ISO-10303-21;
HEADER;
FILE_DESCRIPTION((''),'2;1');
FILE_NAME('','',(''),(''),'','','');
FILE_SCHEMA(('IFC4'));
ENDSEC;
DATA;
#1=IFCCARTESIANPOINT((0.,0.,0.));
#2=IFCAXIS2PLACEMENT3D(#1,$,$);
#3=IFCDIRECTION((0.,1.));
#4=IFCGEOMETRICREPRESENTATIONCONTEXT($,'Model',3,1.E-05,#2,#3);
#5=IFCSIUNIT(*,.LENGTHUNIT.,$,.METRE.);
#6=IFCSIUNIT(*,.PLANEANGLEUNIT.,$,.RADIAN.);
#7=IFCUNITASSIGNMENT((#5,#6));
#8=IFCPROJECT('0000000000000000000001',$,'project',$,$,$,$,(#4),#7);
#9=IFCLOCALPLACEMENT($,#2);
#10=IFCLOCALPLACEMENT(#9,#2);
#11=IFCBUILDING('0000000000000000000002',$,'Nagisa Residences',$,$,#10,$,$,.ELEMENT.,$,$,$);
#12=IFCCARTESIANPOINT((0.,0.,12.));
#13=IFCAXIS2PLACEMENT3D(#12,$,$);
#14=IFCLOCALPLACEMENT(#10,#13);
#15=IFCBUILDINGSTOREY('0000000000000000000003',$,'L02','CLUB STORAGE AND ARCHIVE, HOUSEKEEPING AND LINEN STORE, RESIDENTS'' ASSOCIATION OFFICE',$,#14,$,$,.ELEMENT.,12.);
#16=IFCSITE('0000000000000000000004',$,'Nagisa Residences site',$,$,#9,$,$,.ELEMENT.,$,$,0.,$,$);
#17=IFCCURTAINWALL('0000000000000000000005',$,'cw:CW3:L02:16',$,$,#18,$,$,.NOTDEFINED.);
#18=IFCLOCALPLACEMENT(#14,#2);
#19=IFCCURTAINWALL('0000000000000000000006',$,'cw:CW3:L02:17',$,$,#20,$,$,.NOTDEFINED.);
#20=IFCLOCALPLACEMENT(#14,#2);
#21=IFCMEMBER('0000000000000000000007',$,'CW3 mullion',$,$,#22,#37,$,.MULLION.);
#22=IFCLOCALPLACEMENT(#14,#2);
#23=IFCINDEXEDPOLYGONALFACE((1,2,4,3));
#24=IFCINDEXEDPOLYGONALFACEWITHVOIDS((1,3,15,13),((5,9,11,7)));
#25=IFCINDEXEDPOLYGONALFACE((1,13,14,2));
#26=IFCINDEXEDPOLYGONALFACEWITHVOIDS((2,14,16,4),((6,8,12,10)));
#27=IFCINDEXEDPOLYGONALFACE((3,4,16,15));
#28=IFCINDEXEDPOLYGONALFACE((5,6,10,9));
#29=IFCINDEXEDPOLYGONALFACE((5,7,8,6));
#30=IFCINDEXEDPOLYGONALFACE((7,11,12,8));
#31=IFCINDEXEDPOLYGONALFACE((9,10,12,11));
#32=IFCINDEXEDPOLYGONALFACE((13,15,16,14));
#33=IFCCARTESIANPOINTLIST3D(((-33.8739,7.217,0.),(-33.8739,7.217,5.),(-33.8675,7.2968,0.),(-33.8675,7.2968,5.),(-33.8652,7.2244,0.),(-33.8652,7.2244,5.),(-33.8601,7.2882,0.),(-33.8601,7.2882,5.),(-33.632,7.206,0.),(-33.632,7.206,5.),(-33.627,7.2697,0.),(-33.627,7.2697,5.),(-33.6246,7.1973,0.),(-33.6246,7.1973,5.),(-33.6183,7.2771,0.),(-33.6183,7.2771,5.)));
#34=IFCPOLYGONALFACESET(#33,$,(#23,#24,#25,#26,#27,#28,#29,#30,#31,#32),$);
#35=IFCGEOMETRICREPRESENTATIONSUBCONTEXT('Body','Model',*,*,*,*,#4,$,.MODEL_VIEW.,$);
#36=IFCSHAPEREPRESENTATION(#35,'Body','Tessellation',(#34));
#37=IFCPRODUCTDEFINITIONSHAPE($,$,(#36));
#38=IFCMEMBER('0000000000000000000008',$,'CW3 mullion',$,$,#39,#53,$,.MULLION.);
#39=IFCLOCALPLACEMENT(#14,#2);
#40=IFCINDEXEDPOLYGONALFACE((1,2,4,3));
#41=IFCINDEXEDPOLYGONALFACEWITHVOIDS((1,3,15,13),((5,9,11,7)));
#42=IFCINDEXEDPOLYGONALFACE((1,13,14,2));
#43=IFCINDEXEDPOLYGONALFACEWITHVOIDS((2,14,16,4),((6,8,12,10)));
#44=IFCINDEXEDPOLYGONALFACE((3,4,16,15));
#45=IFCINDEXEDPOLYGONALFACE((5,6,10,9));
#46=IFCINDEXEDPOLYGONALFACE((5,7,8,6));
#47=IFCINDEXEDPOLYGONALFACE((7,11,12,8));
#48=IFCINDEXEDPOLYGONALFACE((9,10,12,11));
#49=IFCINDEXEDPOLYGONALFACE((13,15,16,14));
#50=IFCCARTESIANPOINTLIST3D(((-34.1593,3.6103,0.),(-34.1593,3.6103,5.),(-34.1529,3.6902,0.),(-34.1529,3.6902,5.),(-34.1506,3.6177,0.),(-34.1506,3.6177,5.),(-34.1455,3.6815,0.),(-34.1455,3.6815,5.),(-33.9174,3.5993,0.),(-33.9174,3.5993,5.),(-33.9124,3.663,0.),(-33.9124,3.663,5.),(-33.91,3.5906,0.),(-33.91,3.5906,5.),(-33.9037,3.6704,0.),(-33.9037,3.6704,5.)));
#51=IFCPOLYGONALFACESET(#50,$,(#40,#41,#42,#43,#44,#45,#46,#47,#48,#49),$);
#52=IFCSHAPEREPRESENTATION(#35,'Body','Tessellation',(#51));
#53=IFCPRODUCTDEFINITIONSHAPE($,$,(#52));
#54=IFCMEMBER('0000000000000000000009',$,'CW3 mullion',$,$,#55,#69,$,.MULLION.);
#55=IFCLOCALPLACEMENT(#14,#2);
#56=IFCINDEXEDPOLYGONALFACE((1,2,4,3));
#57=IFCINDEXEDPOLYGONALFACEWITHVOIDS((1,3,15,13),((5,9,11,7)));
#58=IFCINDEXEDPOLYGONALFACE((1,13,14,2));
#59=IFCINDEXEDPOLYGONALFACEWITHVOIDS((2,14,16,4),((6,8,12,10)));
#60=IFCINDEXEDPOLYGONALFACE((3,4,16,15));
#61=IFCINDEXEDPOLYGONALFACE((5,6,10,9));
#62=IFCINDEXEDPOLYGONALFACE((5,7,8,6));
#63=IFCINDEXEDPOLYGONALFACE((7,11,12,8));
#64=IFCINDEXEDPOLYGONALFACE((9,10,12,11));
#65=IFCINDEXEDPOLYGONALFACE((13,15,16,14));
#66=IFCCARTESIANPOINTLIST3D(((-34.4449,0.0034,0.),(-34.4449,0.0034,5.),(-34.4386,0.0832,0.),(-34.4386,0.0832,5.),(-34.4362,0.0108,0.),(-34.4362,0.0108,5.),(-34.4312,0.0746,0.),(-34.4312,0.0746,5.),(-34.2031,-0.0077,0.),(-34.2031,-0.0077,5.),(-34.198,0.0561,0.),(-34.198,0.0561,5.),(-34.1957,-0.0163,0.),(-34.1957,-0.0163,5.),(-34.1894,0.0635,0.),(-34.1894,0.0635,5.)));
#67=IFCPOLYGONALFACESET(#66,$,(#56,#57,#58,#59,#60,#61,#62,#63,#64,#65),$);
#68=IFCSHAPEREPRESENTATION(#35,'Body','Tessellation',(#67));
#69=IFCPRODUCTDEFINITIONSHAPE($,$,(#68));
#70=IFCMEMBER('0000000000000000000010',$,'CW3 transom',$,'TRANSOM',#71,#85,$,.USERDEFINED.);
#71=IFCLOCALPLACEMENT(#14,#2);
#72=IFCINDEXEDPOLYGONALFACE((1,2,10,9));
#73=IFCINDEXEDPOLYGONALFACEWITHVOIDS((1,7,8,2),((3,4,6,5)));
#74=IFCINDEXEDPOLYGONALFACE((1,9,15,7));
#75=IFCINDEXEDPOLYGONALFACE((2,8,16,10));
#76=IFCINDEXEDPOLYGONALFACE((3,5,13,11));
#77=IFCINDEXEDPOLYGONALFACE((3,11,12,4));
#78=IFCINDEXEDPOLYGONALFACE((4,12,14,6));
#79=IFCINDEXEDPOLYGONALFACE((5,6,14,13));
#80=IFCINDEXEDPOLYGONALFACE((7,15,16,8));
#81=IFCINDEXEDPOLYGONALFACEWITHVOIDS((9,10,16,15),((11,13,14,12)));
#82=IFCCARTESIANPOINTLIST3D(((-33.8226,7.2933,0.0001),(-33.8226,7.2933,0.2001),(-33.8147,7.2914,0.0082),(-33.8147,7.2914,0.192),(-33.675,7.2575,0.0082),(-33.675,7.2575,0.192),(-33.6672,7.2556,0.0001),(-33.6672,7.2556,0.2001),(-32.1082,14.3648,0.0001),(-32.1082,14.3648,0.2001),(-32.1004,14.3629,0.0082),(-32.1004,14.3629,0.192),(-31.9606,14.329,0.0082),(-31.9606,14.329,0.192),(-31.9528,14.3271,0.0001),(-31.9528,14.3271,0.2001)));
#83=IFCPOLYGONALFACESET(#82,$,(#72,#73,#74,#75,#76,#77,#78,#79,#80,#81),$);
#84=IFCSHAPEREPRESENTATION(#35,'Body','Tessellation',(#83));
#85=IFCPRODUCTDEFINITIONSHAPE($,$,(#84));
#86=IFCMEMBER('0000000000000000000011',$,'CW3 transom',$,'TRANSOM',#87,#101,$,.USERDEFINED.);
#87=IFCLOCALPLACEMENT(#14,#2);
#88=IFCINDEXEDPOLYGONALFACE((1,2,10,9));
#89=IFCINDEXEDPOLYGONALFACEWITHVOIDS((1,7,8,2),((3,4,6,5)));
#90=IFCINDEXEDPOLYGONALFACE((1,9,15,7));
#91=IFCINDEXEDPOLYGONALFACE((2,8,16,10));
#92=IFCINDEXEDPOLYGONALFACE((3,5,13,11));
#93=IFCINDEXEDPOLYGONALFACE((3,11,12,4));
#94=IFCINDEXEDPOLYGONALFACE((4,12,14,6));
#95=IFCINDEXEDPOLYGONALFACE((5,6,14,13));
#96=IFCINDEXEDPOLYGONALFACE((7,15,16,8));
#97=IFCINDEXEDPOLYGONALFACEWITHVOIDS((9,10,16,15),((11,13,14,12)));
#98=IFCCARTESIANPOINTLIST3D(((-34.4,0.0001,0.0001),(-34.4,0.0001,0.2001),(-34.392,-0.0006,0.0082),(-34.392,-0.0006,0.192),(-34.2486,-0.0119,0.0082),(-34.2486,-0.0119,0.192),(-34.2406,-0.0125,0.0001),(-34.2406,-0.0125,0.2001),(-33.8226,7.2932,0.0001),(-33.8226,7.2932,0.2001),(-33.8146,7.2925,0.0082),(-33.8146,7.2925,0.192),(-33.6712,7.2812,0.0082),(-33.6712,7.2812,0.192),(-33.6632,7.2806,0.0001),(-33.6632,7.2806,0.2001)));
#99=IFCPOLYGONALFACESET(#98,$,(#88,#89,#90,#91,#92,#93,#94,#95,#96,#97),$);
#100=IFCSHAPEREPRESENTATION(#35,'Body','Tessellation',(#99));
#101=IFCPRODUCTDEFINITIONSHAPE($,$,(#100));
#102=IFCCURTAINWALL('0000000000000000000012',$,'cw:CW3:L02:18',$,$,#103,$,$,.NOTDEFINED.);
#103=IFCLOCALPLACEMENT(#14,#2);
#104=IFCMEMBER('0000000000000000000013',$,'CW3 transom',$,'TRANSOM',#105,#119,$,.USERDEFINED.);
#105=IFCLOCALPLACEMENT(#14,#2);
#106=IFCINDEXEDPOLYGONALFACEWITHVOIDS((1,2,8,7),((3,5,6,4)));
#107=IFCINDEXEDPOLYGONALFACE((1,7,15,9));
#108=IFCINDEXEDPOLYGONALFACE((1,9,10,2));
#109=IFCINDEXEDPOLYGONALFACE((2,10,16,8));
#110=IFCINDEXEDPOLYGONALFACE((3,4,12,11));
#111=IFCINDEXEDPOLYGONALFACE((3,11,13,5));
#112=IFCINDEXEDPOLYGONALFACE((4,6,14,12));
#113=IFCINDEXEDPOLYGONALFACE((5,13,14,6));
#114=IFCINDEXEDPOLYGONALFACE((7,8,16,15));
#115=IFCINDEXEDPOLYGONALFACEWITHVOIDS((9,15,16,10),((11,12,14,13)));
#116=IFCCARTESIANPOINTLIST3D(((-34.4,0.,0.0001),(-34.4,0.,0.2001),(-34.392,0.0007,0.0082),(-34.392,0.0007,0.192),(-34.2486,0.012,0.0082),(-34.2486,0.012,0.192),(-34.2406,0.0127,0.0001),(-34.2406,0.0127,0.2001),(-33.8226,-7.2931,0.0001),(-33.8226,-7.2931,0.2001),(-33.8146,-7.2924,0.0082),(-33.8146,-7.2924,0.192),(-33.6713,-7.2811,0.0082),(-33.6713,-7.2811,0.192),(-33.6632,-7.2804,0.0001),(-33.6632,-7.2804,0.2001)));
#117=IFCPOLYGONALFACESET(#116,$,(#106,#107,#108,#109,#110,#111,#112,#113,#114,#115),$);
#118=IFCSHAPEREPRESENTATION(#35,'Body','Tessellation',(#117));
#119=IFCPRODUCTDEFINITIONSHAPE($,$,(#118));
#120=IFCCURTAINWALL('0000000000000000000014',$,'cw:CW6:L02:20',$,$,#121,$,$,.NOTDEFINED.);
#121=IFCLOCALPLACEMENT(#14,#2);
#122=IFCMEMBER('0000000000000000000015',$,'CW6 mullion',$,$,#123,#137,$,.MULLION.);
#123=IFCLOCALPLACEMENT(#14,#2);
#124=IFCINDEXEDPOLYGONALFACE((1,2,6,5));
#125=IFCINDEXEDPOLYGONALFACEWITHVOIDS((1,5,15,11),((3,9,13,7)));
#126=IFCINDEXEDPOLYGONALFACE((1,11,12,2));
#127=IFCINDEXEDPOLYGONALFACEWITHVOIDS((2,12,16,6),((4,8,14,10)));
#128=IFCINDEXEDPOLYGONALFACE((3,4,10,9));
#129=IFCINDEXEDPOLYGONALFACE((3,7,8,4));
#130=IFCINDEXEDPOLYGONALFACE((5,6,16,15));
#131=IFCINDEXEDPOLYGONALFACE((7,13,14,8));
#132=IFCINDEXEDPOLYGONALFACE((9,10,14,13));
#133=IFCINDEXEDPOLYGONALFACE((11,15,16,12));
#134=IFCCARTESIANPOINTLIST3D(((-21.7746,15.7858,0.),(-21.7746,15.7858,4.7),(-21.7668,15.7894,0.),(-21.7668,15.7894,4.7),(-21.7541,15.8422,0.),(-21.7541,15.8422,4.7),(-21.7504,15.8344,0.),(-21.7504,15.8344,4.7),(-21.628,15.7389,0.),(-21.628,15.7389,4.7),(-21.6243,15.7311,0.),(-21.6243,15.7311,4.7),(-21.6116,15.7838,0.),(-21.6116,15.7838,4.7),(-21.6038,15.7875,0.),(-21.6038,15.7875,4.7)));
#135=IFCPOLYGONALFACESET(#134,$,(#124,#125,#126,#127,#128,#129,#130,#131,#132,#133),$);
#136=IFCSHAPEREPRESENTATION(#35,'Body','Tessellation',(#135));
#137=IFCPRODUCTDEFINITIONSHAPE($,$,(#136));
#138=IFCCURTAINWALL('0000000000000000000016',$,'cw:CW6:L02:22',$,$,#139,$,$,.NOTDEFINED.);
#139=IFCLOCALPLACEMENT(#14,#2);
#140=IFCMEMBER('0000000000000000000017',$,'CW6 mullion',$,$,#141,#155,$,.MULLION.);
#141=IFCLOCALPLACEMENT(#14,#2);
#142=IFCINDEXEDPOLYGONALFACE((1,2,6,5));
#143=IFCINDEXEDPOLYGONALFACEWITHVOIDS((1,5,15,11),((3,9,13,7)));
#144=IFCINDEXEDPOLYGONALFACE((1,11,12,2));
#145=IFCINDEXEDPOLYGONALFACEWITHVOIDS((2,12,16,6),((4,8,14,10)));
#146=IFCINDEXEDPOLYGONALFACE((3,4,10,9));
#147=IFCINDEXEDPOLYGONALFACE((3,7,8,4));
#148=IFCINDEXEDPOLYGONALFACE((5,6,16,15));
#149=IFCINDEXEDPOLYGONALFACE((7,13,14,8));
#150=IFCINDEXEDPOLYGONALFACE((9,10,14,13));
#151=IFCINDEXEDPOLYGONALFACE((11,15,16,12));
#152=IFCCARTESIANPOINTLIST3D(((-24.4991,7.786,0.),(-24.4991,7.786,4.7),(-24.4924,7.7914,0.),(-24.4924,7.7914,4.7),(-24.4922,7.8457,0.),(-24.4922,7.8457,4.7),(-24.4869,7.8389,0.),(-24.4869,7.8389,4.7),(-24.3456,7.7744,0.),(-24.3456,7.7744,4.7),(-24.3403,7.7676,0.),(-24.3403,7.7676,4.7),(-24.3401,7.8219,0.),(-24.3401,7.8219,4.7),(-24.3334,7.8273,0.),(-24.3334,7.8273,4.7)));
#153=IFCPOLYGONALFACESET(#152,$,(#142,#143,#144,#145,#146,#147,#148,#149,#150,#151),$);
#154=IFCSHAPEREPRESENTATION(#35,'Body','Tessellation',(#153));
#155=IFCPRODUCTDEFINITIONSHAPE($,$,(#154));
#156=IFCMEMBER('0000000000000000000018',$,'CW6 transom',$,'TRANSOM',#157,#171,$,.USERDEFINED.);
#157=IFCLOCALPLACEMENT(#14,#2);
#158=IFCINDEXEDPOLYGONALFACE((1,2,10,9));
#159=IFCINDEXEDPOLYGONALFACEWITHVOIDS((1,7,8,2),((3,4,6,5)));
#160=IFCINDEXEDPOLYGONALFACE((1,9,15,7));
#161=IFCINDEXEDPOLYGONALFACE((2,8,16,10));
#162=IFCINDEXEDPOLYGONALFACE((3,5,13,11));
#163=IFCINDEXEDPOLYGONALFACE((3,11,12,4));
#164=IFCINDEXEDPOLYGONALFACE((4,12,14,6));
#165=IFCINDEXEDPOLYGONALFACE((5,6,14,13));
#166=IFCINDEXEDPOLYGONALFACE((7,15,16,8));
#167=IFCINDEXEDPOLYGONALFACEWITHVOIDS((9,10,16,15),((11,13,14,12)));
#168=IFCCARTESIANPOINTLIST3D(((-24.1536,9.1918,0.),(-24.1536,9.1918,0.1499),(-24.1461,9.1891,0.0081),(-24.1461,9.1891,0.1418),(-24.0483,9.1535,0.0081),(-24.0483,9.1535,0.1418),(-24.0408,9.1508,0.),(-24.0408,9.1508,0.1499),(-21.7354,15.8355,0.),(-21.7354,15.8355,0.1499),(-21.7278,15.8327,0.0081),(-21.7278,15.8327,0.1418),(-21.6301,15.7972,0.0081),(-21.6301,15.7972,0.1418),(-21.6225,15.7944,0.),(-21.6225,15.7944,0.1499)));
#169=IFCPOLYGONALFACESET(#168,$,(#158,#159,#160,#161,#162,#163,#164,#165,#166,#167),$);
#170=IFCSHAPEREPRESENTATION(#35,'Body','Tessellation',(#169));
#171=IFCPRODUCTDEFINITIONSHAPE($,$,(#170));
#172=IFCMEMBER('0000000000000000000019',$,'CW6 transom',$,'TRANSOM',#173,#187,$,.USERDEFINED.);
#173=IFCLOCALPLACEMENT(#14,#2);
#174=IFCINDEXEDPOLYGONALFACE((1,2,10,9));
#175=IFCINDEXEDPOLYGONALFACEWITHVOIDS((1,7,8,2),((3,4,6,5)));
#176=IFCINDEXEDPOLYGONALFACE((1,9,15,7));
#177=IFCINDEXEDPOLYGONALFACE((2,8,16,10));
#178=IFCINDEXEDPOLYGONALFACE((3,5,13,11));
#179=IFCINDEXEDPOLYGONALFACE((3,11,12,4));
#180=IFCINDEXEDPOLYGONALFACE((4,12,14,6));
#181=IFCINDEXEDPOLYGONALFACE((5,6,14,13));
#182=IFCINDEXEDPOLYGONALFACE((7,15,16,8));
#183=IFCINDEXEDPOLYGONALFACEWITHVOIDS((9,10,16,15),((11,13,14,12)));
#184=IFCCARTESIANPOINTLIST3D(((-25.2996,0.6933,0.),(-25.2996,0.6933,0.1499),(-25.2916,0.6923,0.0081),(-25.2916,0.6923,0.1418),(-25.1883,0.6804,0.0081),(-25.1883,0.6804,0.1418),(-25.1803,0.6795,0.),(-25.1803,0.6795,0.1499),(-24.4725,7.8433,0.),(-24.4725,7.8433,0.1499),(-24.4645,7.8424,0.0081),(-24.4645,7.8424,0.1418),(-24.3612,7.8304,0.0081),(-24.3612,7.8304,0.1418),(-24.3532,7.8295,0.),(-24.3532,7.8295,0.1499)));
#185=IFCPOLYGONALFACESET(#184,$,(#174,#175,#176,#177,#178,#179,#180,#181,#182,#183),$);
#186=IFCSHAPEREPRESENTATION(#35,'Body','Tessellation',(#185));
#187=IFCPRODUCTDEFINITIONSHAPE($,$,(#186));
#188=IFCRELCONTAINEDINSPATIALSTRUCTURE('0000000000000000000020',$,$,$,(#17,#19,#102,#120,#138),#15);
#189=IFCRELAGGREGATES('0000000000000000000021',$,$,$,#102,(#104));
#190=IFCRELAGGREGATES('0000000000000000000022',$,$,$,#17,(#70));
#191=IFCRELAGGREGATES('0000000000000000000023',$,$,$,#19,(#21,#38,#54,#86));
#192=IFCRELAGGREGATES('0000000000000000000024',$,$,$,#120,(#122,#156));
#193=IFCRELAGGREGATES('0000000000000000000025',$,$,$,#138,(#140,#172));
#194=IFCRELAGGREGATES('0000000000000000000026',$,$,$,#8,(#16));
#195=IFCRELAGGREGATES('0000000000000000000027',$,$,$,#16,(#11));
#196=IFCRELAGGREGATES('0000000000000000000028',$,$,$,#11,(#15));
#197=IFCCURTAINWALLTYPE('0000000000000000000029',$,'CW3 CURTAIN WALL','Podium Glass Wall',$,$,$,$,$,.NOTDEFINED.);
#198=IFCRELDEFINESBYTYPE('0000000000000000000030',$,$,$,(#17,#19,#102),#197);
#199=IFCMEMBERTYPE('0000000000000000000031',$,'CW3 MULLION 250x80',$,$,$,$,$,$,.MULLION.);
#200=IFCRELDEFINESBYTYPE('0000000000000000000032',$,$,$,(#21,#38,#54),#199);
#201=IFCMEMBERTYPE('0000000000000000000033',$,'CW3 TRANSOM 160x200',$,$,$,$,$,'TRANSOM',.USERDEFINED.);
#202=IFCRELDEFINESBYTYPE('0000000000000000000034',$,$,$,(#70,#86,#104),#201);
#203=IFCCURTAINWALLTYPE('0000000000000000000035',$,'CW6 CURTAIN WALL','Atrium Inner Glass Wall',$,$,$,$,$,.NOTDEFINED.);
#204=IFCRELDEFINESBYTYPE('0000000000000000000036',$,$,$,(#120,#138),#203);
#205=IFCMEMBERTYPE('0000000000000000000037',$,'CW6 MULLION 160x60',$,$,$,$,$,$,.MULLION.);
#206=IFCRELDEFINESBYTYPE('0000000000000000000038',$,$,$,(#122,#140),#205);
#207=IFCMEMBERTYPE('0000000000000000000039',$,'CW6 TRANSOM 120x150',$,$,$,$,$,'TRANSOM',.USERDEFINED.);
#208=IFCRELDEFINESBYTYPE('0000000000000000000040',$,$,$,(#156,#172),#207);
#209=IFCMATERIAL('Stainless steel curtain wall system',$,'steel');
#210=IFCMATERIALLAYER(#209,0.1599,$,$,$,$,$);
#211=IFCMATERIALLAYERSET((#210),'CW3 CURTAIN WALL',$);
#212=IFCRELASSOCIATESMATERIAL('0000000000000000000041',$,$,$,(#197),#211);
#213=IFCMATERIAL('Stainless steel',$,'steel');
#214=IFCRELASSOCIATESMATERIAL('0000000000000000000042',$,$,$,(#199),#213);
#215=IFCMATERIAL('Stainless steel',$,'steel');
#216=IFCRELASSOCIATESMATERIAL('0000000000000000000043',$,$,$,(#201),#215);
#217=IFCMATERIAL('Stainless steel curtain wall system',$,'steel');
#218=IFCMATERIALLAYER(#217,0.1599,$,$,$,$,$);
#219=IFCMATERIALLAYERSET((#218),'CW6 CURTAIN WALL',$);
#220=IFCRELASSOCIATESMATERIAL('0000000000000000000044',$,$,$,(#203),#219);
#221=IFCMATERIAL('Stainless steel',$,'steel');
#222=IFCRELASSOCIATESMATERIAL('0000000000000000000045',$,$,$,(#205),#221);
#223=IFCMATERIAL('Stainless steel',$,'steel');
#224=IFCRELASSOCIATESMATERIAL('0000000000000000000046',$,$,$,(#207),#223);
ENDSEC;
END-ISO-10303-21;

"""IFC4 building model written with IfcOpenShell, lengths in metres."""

from ifc_helpers import new_model, si_unit, direction, frame, origin, origin_2d, place, context, subcontext, project, spatial, hollow_rectangle, extrude, material, layer, layer_set, material_profile, profile_set, type_object, element, aggregate, save


model = new_model("IFC4")

# Units and contexts
model_context = context("Model", 3, precision=1e-05, world=origin(), true_north=direction((0.0, 1.0)))
body_context = subcontext(model_context, "Body", "Model", "MODEL_VIEW")
ifc_project = project(units=[si_unit("LENGTHUNIT", "METRE"), si_unit("PLANEANGLEUNIT", "RADIAN")], contexts=[model_context])

# Site, building, storey
site_placement = place(None, origin())
site = spatial("IfcSite", under=ifc_project, at=site_placement, Name="Nagisa Residences site", CompositionType="ELEMENT", RefElevation=0.0)
building_placement = place(site_placement, origin())
building = spatial("IfcBuilding", under=site, at=building_placement, Name="Nagisa Residences", CompositionType="ELEMENT")
storey_placement = place(building_placement, frame((0.0, 0.0, 12.0)))
storey = spatial("IfcBuildingStorey", under=building, at=storey_placement, Name="L02", Description="CLUB STORAGE AND ARCHIVE, HOUSEKEEPING AND LINEN STORE, RESIDENTS' ASSOCIATION OFFICE", CompositionType="ELEMENT", Elevation=12.0)

# Shared definitions
ifc_material_1 = material(Name="Stainless steel curtain wall system", Category="steel")
ifc_layer_1 = layer(ifc_material_1, 0.1599)
ifc_layer_set_1 = layer_set([ifc_layer_1], Name="CW3 CURTAIN WALL")
curtain_wall_type_1 = type_object("IfcCurtainWallType", Name="CW3 CURTAIN WALL", Description="Podium Glass Wall", PredefinedType="NOTDEFINED", material=ifc_layer_set_1)
ifc_material_2 = material(Name="Stainless steel", Category="steel")
ifc_material_profile_1 = material_profile(ifc_material_2, hollow_rectangle(XDim=0.25, YDim=0.0801, WallThickness=0.0081, at=origin_2d()), Name="CW3 MULLION 250x80")
ifc_profile_set_1 = profile_set([ifc_material_profile_1], Name="Stainless steel")
member_type_1 = type_object("IfcMemberType", Name="CW3 MULLION 250x80", PredefinedType="MULLION", material=ifc_profile_set_1)

# Curtain walls, members
curtain_wall_1_placement = place(storey_placement, origin())
curtain_wall_1 = element("IfcCurtainWall", 1, at=curtain_wall_1_placement, inside=storey, type_object=curtain_wall_type_1, Name="cw:CW3:L02:16", PredefinedType="NOTDEFINED")
curtain_wall_2_placement = place(storey_placement, origin())
curtain_wall_2 = element("IfcCurtainWall", 2, at=curtain_wall_2_placement, inside=storey, type_object=curtain_wall_type_1, Name="cw:CW3:L02:17", PredefinedType="NOTDEFINED")
member_1_placement = place(storey_placement, frame((-33.7461, 7.2471, 0.0), z_axis=(0.0, 0.0, 1.0), x_axis=(0.996882, -0.07891, 0.0)))
member_1 = element("IfcMember", 3, at=member_1_placement, type_object=member_type_1, Name="CW3 mullion", PredefinedType="MULLION", context=body_context, shape_type="SweptSolid", body=[
    extrude(hollow_rectangle(XDim=0.25, YDim=0.0801, WallThickness=0.0081, at=origin_2d()), origin(), (0.0, 0.0, 1.0), 5.0),
])
member_2_placement = place(storey_placement, frame((-34.0315, 3.6404, 0.0), z_axis=(0.0, 0.0, 1.0), x_axis=(0.996882, -0.07891, 0.0)))
member_2 = element("IfcMember", 4, at=member_2_placement, type_object=member_type_1, Name="CW3 mullion", PredefinedType="MULLION", context=body_context, shape_type="SweptSolid", body=[
    extrude(hollow_rectangle(XDim=0.25, YDim=0.0801, WallThickness=0.0081, at=origin_2d()), origin(), (0.0, 0.0, 1.0), 5.0),
])
member_3_placement = place(storey_placement, frame((-34.3171, 0.0334, 0.0), z_axis=(0.0, 0.0, 1.0), x_axis=(0.996882, -0.07891, 0.0)))
member_3 = element("IfcMember", 5, at=member_3_placement, type_object=member_type_1, Name="CW3 mullion", PredefinedType="MULLION", context=body_context, shape_type="SweptSolid", body=[
    extrude(hollow_rectangle(XDim=0.25, YDim=0.0801, WallThickness=0.0081, at=origin_2d()), origin(), (0.0, 0.0, 1.0), 5.0),
])

# Members
ifc_material_3 = material(Name="Stainless steel", Category="steel")
ifc_material_profile_2 = material_profile(ifc_material_3, hollow_rectangle(XDim=0.1599, YDim=0.2, WallThickness=0.0081, at=origin_2d()), Name="CW3 TRANSOM 160x200")
ifc_profile_set_2 = profile_set([ifc_material_profile_2], Name="Stainless steel")
member_type_2 = type_object("IfcMemberType", Name="CW3 TRANSOM 160x200", ElementType="TRANSOM", PredefinedType="USERDEFINED", material=ifc_profile_set_2)
member_4_placement = place(storey_placement, frame((-32.0305, 14.3459, 0.1001), z_axis=(-0.235606, -0.971849, 0.0), x_axis=(0.971849, -0.235606, 0.0)))
member_4 = element("IfcMember", 6, at=member_4_placement, type_object=member_type_2, Name="CW3 transom", ObjectType="TRANSOM", PredefinedType="USERDEFINED", context=body_context, shape_type="SweptSolid", body=[
    extrude(hollow_rectangle(XDim=0.1599, YDim=0.2, WallThickness=0.0081, at=origin_2d()), origin(), (0.0, 0.0, 1.0), 7.2764),
])
member_5_placement = place(storey_placement, frame((-33.7429, 7.2869, 0.1001), z_axis=(-0.078922, -0.996881, 0.0), x_axis=(0.996881, -0.078922, 0.0)))
member_5 = element("IfcMember", 7, at=member_5_placement, type_object=member_type_2, Name="CW3 transom", ObjectType="TRANSOM", PredefinedType="USERDEFINED", context=body_context, shape_type="SweptSolid", body=[
    extrude(hollow_rectangle(XDim=0.1599, YDim=0.2, WallThickness=0.0081, at=origin_2d()), origin(), (0.0, 0.0, 1.0), 7.3159),
])

# Curtain walls, members
curtain_wall_3_placement = place(storey_placement, origin())
curtain_wall_3 = element("IfcCurtainWall", 8, at=curtain_wall_3_placement, inside=storey, type_object=curtain_wall_type_1, Name="cw:CW3:L02:18", PredefinedType="NOTDEFINED")
member_6_placement = place(storey_placement, frame((-34.3203, 0.0063, 0.1001), z_axis=(0.078922, -0.996881, 0.0), x_axis=(0.996881, 0.078922, 0.0)))
member_6 = element("IfcMember", 9, at=member_6_placement, type_object=member_type_2, Name="CW3 transom", ObjectType="TRANSOM", PredefinedType="USERDEFINED", context=body_context, shape_type="SweptSolid", body=[
    extrude(hollow_rectangle(XDim=0.1599, YDim=0.2, WallThickness=0.0081, at=origin_2d()), origin(), (0.0, 0.0, 1.0), 7.3159),
])
aggregate(curtain_wall_3, [member_6])
ifc_material_4 = material(Name="Stainless steel curtain wall system", Category="steel")
ifc_layer_2 = layer(ifc_material_4, 0.1599)
ifc_layer_set_2 = layer_set([ifc_layer_2], Name="CW6 CURTAIN WALL")
curtain_wall_type_2 = type_object("IfcCurtainWallType", Name="CW6 CURTAIN WALL", Description="Atrium Inner Glass Wall", PredefinedType="NOTDEFINED", material=ifc_layer_set_2)
curtain_wall_4_placement = place(storey_placement, origin())
curtain_wall_4 = element("IfcCurtainWall", 10, at=curtain_wall_4_placement, inside=storey, type_object=curtain_wall_type_2, Name="cw:CW6:L02:20", PredefinedType="NOTDEFINED")
ifc_material_5 = material(Name="Stainless steel", Category="steel")
ifc_material_profile_3 = material_profile(ifc_material_5, hollow_rectangle(XDim=0.1599, YDim=0.0601, WallThickness=0.0061, at=origin_2d()), Name="CW6 MULLION 160x60")
ifc_profile_set_3 = profile_set([ifc_material_profile_3], Name="Stainless steel")
member_type_3 = type_object("IfcMemberType", Name="CW6 MULLION 160x60", PredefinedType="MULLION", material=ifc_profile_set_3)
member_7_placement = place(storey_placement, frame((-21.6892, 15.7866, 0.0), z_axis=(0.0, 0.0, 1.0), x_axis=(0.939682, -0.34205, 0.0)))
member_7 = element("IfcMember", 11, at=member_7_placement, type_object=member_type_3, Name="CW6 mullion", PredefinedType="MULLION", context=body_context, shape_type="SweptSolid", body=[
    extrude(hollow_rectangle(XDim=0.1599, YDim=0.0601, WallThickness=0.0061, at=origin_2d()), origin(), (0.0, 0.0, 1.0), 4.7),
])
curtain_wall_5_placement = place(storey_placement, origin())
curtain_wall_5 = element("IfcCurtainWall", 12, at=curtain_wall_5_placement, inside=storey, type_object=curtain_wall_type_2, Name="cw:CW6:L02:22", PredefinedType="NOTDEFINED")
member_8_placement = place(storey_placement, frame((-24.4163, 7.8066, 0.0), z_axis=(0.0, 0.0, 1.0), x_axis=(0.993374, -0.114928, 0.0)))
member_8 = element("IfcMember", 13, at=member_8_placement, type_object=member_type_3, Name="CW6 mullion", PredefinedType="MULLION", context=body_context, shape_type="SweptSolid", body=[
    extrude(hollow_rectangle(XDim=0.1599, YDim=0.0601, WallThickness=0.0061, at=origin_2d()), origin(), (0.0, 0.0, 1.0), 4.7),
])

# Members
ifc_material_6 = material(Name="Stainless steel", Category="steel")
ifc_material_profile_4 = material_profile(ifc_material_6, hollow_rectangle(XDim=0.1201, YDim=0.1499, WallThickness=0.0081, at=origin_2d()), Name="CW6 TRANSOM 120x150")
ifc_profile_set_4 = profile_set([ifc_material_profile_4], Name="Stainless steel")
member_type_4 = type_object("IfcMemberType", Name="CW6 TRANSOM 120x150", ElementType="TRANSOM", PredefinedType="USERDEFINED", material=ifc_profile_set_4)
member_9_placement = place(storey_placement, frame((-21.679, 15.8149, 0.075), z_axis=(-0.34204, -0.939685, 0.0), x_axis=(0.939685, -0.34204, 0.0)))
member_9 = element("IfcMember", 14, at=member_9_placement, type_object=member_type_4, Name="CW6 transom", ObjectType="TRANSOM", PredefinedType="USERDEFINED", context=body_context, shape_type="SweptSolid", body=[
    extrude(hollow_rectangle(XDim=0.1201, YDim=0.1499, WallThickness=0.0081, at=origin_2d()), origin(), (0.0, 0.0, 1.0), 7.0701),
])
member_10_placement = place(storey_placement, frame((-24.4128, 7.8364, 0.075), z_axis=(-0.114916, -0.993375, 0.0), x_axis=(0.993375, -0.114916, 0.0)))
member_10 = element("IfcMember", 15, at=member_10_placement, type_object=member_type_4, Name="CW6 transom", ObjectType="TRANSOM", PredefinedType="USERDEFINED", context=body_context, shape_type="SweptSolid", body=[
    extrude(hollow_rectangle(XDim=0.1201, YDim=0.1499, WallThickness=0.0081, at=origin_2d()), origin(), (0.0, 0.0, 1.0), 7.1978),
])

aggregate(curtain_wall_1, [member_4])
aggregate(curtain_wall_2, [member_1, member_2, member_3, member_5])
aggregate(curtain_wall_4, [member_7, member_9])
aggregate(curtain_wall_5, [member_8, member_10])

save(model, "model.ifc")
